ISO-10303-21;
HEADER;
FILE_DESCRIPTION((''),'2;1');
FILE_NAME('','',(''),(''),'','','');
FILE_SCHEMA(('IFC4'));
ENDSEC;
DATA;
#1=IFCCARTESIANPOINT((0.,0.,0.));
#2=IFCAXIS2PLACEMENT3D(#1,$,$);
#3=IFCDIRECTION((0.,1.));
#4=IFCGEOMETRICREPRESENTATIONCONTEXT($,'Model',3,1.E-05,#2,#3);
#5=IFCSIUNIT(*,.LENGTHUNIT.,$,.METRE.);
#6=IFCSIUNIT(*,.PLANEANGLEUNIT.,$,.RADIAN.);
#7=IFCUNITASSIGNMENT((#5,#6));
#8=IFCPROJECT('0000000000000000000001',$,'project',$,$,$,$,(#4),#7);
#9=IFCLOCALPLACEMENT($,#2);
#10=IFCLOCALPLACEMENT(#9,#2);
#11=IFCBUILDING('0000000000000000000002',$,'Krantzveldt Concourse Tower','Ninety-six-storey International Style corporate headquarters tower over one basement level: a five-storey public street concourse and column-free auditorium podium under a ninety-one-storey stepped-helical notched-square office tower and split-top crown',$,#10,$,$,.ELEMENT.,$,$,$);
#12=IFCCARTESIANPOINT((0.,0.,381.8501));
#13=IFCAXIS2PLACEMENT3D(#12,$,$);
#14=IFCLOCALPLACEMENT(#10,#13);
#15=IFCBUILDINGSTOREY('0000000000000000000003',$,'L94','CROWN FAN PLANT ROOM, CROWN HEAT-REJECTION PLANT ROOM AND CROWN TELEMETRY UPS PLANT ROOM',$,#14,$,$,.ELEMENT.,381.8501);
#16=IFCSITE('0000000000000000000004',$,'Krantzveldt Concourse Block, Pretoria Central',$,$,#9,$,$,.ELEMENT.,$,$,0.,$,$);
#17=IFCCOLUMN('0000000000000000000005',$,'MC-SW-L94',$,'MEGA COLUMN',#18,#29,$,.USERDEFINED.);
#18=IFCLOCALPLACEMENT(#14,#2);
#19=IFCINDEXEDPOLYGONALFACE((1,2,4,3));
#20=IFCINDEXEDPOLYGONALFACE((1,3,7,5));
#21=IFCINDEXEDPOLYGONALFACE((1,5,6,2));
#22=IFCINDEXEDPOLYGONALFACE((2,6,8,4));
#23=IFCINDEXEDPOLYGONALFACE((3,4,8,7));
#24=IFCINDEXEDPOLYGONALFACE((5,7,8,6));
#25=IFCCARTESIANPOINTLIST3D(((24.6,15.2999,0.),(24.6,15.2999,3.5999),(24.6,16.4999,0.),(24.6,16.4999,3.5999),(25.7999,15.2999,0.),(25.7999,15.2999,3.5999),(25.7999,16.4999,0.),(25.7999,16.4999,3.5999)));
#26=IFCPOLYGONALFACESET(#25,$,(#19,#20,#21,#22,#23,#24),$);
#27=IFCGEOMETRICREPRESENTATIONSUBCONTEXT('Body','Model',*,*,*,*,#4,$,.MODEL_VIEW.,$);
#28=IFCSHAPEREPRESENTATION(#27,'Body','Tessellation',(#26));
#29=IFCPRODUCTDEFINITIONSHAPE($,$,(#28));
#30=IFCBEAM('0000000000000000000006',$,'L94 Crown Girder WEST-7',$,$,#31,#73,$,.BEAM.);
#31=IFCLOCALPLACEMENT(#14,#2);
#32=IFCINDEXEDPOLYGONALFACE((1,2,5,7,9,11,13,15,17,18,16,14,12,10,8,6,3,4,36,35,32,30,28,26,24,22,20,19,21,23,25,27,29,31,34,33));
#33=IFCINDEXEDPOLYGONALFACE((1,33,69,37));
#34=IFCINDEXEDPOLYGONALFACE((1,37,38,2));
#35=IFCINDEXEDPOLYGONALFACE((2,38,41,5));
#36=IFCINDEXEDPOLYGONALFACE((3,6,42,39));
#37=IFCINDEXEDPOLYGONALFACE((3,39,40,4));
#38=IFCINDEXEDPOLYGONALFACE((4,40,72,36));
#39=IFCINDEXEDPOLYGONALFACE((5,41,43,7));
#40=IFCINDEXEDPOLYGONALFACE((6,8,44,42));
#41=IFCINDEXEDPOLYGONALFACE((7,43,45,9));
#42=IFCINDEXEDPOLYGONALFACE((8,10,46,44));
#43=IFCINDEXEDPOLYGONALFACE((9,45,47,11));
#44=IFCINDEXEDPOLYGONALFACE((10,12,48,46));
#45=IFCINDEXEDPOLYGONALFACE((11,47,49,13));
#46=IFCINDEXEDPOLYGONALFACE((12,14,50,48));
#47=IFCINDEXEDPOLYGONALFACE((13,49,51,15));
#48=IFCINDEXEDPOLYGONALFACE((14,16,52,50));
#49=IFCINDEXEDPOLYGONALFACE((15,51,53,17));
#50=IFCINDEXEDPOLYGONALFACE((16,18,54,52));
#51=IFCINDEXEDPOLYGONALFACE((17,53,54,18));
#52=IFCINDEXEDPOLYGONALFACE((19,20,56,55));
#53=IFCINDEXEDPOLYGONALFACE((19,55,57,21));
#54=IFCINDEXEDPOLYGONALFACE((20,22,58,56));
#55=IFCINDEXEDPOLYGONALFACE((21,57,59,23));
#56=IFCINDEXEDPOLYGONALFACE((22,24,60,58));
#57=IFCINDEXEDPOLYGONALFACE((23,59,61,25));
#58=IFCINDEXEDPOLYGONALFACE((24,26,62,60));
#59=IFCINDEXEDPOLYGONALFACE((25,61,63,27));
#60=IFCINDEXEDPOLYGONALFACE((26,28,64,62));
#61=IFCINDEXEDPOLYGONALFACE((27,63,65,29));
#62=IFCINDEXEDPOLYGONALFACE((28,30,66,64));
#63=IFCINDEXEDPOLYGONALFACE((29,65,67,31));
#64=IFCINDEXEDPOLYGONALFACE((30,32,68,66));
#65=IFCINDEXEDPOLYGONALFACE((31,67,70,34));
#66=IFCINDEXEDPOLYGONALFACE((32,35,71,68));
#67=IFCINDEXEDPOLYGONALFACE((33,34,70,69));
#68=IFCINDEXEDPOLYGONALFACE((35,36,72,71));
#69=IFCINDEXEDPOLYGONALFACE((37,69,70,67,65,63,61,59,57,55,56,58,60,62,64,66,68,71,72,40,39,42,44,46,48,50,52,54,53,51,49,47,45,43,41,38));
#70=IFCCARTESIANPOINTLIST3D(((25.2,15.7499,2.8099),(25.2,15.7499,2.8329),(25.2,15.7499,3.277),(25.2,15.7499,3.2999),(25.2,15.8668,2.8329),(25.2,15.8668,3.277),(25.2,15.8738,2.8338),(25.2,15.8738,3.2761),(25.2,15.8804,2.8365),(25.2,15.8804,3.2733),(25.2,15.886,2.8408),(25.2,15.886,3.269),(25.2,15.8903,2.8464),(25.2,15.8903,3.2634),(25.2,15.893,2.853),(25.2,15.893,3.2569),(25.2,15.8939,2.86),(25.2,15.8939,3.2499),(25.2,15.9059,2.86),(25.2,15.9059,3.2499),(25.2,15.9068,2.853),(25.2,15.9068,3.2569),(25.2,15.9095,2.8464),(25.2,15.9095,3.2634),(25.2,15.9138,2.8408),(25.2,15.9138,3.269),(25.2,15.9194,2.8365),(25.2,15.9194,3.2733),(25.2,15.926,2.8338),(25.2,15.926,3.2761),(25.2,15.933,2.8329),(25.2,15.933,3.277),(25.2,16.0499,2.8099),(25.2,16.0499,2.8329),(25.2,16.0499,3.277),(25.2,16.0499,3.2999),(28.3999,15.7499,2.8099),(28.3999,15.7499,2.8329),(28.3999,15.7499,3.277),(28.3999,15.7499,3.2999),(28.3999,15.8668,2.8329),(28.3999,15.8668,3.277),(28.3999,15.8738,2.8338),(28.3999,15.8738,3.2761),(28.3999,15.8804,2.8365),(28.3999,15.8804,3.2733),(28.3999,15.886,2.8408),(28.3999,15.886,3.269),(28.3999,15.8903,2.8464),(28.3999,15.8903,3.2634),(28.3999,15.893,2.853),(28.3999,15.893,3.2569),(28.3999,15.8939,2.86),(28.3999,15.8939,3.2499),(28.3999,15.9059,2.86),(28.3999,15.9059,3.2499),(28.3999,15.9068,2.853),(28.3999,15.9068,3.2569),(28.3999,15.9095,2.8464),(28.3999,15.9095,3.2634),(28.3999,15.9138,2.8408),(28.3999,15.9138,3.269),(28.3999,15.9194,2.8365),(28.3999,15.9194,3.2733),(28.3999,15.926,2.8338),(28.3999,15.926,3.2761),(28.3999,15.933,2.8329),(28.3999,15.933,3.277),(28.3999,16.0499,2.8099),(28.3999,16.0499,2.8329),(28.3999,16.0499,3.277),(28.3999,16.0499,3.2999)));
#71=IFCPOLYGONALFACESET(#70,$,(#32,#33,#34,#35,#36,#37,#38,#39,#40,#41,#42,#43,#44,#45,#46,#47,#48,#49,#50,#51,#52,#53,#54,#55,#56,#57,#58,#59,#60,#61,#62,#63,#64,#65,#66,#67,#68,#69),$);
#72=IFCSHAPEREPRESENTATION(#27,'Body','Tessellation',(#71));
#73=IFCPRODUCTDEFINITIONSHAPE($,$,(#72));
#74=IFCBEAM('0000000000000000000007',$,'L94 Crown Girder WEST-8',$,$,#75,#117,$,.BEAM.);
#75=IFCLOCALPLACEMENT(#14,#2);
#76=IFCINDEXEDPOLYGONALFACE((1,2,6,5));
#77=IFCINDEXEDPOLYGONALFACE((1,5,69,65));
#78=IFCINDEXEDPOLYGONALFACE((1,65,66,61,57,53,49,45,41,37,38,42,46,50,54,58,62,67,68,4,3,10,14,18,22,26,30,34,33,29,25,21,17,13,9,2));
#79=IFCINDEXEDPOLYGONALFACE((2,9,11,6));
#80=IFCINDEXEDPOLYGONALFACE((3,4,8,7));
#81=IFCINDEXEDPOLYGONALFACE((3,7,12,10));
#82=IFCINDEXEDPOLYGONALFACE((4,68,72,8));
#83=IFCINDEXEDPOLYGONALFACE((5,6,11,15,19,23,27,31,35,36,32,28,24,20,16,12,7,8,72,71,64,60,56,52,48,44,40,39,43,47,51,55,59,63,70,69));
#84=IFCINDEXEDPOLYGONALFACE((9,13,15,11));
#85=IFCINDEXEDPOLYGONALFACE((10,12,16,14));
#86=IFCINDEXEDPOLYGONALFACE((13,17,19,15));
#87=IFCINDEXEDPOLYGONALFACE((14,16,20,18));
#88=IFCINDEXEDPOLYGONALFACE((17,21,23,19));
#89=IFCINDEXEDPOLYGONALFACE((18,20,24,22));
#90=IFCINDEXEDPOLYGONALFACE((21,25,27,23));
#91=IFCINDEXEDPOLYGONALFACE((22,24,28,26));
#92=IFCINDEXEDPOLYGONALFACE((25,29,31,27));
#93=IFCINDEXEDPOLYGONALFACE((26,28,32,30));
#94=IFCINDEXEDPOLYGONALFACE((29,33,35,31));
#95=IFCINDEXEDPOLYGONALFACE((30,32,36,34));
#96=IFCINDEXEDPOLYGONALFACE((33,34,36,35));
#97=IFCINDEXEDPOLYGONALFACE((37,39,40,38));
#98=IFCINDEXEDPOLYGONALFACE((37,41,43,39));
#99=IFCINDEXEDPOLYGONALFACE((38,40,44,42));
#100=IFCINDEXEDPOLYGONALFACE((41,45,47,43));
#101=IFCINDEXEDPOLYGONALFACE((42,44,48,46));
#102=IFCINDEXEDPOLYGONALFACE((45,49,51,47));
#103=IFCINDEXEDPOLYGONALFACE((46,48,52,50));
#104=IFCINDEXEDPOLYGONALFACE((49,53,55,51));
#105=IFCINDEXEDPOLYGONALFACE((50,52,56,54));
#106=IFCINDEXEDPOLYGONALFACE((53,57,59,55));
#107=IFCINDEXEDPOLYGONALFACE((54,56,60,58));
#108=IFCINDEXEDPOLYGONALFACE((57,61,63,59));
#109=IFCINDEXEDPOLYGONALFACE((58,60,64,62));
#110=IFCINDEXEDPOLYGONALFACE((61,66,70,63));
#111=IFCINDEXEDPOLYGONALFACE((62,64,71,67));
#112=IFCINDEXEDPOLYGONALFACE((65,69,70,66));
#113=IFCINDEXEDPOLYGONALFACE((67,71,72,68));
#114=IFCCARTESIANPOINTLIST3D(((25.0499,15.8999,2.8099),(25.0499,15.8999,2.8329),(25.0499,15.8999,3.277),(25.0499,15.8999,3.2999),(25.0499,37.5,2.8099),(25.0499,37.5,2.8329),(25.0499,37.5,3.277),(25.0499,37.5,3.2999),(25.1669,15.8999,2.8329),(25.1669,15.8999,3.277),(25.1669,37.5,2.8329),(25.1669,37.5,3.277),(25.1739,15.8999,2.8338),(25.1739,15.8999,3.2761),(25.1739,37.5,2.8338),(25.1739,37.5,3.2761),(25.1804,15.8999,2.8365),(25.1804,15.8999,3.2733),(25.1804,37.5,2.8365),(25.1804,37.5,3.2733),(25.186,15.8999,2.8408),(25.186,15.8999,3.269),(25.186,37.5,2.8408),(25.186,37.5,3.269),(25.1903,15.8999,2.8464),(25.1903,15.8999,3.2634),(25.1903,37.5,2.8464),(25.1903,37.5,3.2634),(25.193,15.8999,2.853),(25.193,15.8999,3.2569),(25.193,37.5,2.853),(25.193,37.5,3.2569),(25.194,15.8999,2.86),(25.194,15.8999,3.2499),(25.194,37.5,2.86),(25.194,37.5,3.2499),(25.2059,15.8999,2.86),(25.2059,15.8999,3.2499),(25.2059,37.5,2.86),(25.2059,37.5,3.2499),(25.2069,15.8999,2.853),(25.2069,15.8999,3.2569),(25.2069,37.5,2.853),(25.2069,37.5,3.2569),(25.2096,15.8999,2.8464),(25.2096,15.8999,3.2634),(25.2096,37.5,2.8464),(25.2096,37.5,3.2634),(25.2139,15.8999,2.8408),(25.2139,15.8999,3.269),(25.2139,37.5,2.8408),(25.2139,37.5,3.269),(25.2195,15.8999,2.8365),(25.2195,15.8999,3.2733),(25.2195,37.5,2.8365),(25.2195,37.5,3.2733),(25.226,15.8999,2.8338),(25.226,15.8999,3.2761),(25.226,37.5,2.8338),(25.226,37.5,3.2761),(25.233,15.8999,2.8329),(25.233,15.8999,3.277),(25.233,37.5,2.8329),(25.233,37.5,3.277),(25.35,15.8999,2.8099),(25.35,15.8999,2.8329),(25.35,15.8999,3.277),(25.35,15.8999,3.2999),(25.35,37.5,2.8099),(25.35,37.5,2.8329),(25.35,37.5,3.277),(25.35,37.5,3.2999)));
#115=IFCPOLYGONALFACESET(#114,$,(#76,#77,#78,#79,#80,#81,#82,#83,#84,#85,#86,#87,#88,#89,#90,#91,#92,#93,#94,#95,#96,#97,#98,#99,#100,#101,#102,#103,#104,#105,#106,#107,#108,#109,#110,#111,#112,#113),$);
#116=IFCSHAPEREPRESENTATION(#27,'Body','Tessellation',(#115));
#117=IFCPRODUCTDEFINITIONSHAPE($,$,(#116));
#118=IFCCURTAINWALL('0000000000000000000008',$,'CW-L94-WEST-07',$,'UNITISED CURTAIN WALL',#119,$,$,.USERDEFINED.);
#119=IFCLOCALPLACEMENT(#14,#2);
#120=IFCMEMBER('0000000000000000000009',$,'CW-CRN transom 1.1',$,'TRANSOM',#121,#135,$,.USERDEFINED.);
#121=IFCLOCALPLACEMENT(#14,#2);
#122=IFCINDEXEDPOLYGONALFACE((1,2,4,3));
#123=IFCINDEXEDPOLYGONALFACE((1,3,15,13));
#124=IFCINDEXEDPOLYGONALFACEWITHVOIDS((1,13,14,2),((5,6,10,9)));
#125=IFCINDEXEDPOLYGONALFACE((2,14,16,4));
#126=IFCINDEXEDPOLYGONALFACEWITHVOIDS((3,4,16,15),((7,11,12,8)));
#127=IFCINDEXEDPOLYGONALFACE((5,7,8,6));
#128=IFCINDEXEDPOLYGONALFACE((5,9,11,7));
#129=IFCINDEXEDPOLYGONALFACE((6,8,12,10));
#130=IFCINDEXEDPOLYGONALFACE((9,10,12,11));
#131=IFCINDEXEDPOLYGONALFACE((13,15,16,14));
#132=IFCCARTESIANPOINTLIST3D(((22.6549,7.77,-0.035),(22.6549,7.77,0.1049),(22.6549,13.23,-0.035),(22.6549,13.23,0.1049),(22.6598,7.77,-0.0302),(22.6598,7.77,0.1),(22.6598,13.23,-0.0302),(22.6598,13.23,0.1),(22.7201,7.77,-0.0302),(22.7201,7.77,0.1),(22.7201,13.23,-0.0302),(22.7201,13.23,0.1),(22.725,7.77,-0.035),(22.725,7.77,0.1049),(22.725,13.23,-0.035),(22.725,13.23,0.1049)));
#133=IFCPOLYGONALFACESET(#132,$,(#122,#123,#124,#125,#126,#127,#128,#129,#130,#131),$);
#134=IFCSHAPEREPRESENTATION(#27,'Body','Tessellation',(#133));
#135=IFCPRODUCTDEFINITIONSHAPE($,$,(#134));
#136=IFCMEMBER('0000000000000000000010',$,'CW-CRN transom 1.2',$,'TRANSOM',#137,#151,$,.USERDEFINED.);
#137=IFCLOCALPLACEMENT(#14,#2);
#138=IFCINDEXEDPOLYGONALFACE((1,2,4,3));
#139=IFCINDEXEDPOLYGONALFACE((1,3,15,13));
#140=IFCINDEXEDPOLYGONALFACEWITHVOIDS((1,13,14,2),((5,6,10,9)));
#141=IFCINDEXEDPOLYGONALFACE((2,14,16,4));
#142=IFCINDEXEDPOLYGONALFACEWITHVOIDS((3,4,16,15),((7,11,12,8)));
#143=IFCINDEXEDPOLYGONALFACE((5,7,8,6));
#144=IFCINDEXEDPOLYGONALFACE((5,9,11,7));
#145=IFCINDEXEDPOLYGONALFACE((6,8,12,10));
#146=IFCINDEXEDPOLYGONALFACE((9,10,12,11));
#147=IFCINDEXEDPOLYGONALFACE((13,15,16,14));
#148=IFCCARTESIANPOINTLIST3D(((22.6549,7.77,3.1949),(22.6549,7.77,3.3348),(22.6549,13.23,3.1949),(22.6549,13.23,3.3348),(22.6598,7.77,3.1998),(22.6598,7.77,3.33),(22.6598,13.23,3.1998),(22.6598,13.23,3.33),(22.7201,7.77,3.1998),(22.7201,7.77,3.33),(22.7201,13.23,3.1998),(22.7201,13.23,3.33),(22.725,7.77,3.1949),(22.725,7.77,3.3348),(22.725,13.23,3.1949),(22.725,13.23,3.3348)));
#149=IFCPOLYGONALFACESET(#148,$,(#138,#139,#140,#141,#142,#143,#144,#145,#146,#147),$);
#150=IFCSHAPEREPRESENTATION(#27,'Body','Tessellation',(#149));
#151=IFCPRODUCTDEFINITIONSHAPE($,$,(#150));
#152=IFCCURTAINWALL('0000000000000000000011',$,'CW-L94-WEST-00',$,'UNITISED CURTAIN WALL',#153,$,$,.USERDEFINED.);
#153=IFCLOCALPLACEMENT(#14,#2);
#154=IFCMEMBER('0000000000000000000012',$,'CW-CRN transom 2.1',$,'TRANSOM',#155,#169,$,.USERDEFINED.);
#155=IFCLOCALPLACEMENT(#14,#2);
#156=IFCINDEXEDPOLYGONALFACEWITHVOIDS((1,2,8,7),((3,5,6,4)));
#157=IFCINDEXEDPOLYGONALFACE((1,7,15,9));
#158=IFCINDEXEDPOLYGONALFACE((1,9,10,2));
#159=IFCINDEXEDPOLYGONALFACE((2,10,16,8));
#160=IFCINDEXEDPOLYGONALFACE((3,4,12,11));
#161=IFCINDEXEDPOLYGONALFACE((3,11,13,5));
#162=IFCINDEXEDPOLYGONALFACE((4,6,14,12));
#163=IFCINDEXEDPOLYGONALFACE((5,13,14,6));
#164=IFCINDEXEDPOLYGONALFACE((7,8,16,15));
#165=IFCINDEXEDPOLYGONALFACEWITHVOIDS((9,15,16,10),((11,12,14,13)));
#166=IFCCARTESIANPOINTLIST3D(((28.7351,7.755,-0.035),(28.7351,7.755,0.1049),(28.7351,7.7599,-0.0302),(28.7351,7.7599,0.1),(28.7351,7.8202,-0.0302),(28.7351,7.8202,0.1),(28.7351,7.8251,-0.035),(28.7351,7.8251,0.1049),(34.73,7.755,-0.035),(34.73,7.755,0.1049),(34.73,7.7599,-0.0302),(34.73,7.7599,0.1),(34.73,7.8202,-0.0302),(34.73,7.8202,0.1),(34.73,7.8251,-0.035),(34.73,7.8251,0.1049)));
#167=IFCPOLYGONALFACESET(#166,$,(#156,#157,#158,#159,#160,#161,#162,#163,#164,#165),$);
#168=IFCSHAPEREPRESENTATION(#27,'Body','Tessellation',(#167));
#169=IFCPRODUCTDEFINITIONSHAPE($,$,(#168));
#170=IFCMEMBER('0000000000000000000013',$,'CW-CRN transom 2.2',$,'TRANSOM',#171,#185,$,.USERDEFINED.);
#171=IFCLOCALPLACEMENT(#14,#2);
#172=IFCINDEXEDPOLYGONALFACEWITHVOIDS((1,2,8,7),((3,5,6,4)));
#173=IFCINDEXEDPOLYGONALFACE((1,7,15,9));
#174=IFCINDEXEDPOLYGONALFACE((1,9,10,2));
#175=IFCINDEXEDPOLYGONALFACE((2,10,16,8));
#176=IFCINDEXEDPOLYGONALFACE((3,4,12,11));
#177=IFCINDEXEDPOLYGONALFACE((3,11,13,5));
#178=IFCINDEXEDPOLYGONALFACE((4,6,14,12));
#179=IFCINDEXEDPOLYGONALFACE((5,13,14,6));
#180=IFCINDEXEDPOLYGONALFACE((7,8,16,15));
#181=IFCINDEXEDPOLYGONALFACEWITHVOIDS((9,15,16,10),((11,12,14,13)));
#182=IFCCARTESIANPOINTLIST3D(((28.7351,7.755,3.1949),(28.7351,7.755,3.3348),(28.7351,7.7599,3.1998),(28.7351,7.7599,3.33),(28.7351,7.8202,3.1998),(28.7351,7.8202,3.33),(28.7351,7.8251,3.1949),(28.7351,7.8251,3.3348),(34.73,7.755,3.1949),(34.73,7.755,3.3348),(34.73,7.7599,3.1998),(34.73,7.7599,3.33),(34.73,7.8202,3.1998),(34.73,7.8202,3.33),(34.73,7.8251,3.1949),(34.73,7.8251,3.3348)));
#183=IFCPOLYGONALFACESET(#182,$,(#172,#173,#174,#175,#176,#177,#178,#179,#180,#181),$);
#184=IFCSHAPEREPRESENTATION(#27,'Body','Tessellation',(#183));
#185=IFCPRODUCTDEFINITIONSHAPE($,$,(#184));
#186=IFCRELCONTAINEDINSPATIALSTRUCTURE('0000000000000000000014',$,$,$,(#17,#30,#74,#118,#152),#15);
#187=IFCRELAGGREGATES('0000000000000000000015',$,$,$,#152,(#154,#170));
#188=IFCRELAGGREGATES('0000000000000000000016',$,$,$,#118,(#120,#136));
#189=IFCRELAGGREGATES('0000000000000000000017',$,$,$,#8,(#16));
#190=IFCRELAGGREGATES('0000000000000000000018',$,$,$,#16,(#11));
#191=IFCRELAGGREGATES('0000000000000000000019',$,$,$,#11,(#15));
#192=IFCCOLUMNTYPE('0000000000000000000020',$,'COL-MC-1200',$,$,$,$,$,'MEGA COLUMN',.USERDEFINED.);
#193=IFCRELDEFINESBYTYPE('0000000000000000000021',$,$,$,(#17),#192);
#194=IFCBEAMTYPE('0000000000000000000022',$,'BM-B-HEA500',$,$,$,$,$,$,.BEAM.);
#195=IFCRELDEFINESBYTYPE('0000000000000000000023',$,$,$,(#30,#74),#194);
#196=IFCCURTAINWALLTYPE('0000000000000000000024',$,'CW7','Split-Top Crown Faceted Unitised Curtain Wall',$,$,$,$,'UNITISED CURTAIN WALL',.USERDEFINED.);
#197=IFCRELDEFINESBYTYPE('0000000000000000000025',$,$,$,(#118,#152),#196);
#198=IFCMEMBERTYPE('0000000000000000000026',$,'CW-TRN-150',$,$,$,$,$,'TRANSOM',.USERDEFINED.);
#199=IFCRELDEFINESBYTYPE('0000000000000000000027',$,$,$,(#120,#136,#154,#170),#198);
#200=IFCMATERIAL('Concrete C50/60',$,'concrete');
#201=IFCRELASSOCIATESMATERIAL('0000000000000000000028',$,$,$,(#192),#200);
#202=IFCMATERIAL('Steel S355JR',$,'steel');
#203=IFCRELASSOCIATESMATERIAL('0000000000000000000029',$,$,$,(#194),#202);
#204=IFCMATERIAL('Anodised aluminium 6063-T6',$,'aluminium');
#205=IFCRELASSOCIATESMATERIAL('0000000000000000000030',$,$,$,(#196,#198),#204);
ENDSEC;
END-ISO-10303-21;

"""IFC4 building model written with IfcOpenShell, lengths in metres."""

from ifc_helpers import new_model, si_unit, direction, frame, origin, origin_2d, place, context, subcontext, project, spatial, rectangle, hollow_rectangle, i_section, extrude, source, transform, mapped, material, material_profile, profile_set, type_object, type_shapes, element, aggregate, save


model = new_model("IFC4")

# Units and contexts
model_context = context("Model", 3, precision=1e-05, world=origin(), true_north=direction((0.0, 1.0)))
body_context = subcontext(model_context, "Body", "Model", "MODEL_VIEW")
ifc_project = project(units=[si_unit("LENGTHUNIT", "METRE"), si_unit("PLANEANGLEUNIT", "RADIAN")], contexts=[model_context])

# Site, building, storey
site_placement = place(None, origin())
site = spatial("IfcSite", under=ifc_project, at=site_placement, Name="Krantzveldt Concourse Block, Pretoria Central", CompositionType="ELEMENT", RefElevation=0.0)
building_placement = place(site_placement, origin())
building = spatial("IfcBuilding", under=site, at=building_placement, Name="Krantzveldt Concourse Tower", Description="Ninety-six-storey International Style corporate headquarters tower over one basement level: a five-storey public street concourse and column-free auditorium podium under a ninety-one-storey stepped-helical notched-square office tower and split-top crown", CompositionType="ELEMENT")
storey_placement = place(building_placement, frame((0.0, 0.0, 381.8501)))
storey = spatial("IfcBuildingStorey", under=building, at=storey_placement, Name="L94", Description="CROWN FAN PLANT ROOM, CROWN HEAT-REJECTION PLANT ROOM AND CROWN TELEMETRY UPS PLANT ROOM", CompositionType="ELEMENT", Elevation=381.8501)

# Column
ifc_material_1 = material(Name="Concrete C50/60", Category="concrete")
ifc_material_profile_1 = material_profile(ifc_material_1, rectangle(XDim=1.2, YDim=1.2, at=origin_2d()), Name="Concrete C50/60", Category="concrete")
ifc_profile_set_1 = profile_set([ifc_material_profile_1], Name="Concrete C50/60 - RC 1200x1200")
column_type = type_object("IfcColumnType", Name="COL-MC-1200", ElementType="MEGA COLUMN", PredefinedType="USERDEFINED", material=ifc_profile_set_1)
shared_shape_1 = source(origin(), body_context, "Body", "SweptSolid", [
    extrude(rectangle(XDim=1.2, YDim=1.2, at=origin_2d()), origin(), (0.0, 0.0, 1.0), 3.5999),
])
type_shapes(column_type, [shared_shape_1])
column_placement = place(storey_placement, frame((25.2, 15.8999, 0.0), z_axis=(0.0, 0.0, 1.0), x_axis=(1.0, 0.0, 0.0)))
element("IfcColumn", 1, at=column_placement, inside=storey, type_object=column_type, Name="MC-SW-L94", ObjectType="MEGA COLUMN", PredefinedType="USERDEFINED", context=body_context, shape_type="MappedRepresentation", body=[
    mapped(shared_shape_1, transform((0.0, 0.0, 0.0), x_axis=(1.0, 0.0, 0.0), y_axis=(0.0, 1.0, 0.0), z_axis=(0.0, 0.0, 1.0), scale=1.0)),
])

# Beams
ifc_material_2 = material(Name="Steel S355JR", Category="steel")
ifc_material_profile_2 = material_profile(ifc_material_2, i_section(OverallWidth=0.3, OverallDepth=0.49, WebThickness=0.012, FlangeThickness=0.0229, FilletRadius=0.0271, at=origin_2d()), Name="Steel S355JR", Category="steel")
ifc_profile_set_2 = profile_set([ifc_material_profile_2], Name="Steel S355JR - HEA 500")
beam_type = type_object("IfcBeamType", Name="BM-B-HEA500", PredefinedType="BEAM", material=ifc_profile_set_2)
shared_shape_2 = source(origin(), body_context, "Body", "SweptSolid", [
    extrude(i_section(OverallWidth=0.3, OverallDepth=0.49, WebThickness=0.012, FlangeThickness=0.0229, FilletRadius=0.0271, at=origin_2d()), origin(), (0.0, 0.0, 1.0), 3.2),
])
beam_1_placement = place(storey_placement, frame((25.2, 15.8999, 3.0549), z_axis=(1.0, 0.0, 0.0), x_axis=(0.0, 1.0, 0.0)))
element("IfcBeam", 2, at=beam_1_placement, inside=storey, type_object=beam_type, Name="L94 Crown Girder WEST-7", PredefinedType="BEAM", context=body_context, shape_type="MappedRepresentation", body=[
    mapped(shared_shape_2, transform((0.0, 0.0, 0.0), x_axis=(1.0, 0.0, 0.0), y_axis=(0.0, 1.0, 0.0), z_axis=(0.0, 0.0, 1.0), scale=1.0)),
])
shared_shape_3 = source(origin(), body_context, "Body", "SweptSolid", [
    extrude(i_section(OverallWidth=0.3, OverallDepth=0.49, WebThickness=0.012, FlangeThickness=0.0229, FilletRadius=0.0271, at=origin_2d()), origin(), (0.0, 0.0, 1.0), 21.6001),
])
type_shapes(beam_type, [shared_shape_2, shared_shape_3])
beam_2_placement = place(storey_placement, frame((25.2, 15.8999, 3.0549), z_axis=(0.0, 1.0, 0.0), x_axis=(-1.0, 0.0, 0.0)))
element("IfcBeam", 3, at=beam_2_placement, inside=storey, type_object=beam_type, Name="L94 Crown Girder WEST-8", PredefinedType="BEAM", context=body_context, shape_type="MappedRepresentation", body=[
    mapped(shared_shape_3, transform((0.0, 0.0, 0.0), x_axis=(1.0, 0.0, 0.0), y_axis=(0.0, 1.0, 0.0), z_axis=(0.0, 0.0, 1.0), scale=1.0)),
])

# Curtain walls, members
ifc_material_3 = material(Name="Anodised aluminium 6063-T6", Category="aluminium")
curtain_wall_type = type_object("IfcCurtainWallType", Name="CW7", Description="Split-Top Crown Faceted Unitised Curtain Wall", ElementType="UNITISED CURTAIN WALL", PredefinedType="USERDEFINED", material=ifc_material_3)
curtain_wall_1_placement = place(storey_placement, origin())
curtain_wall_1 = element("IfcCurtainWall", 4, at=curtain_wall_1_placement, inside=storey, type_object=curtain_wall_type, Name="CW-L94-WEST-07", ObjectType="UNITISED CURTAIN WALL", PredefinedType="USERDEFINED")
ifc_material_profile_3 = material_profile(ifc_material_3, hollow_rectangle(XDim=0.0701, YDim=0.1399, WallThickness=0.0049, at=origin_2d()), Name="Anodised aluminium 6063-T6", Category="aluminium")
ifc_profile_set_3 = profile_set([ifc_material_profile_3], Name="Anodised aluminium 6063-T6 - ALU-TRAN 140x70x5")
member_type_1 = type_object("IfcMemberType", Name="CW-TRN-150", ElementType="TRANSOM", PredefinedType="USERDEFINED", material=ifc_profile_set_3)
shared_shape_4 = source(origin(), body_context, "Body", "SweptSolid", [
    extrude(hollow_rectangle(XDim=0.0701, YDim=0.1399, WallThickness=0.0049, at=origin_2d()), origin(), (0.0, 0.0, 1.0), 5.46),
])
member_1_placement = place(storey_placement, frame((22.6899, 13.23, 0.0349), z_axis=(0.0, -1.0, 0.0), x_axis=(1.0, 0.0, 0.0)))
member_1 = element("IfcMember", 5, at=member_1_placement, type_object=member_type_1, Name="CW-CRN transom 1.1", ObjectType="TRANSOM", PredefinedType="USERDEFINED", context=body_context, shape_type="MappedRepresentation", body=[
    mapped(shared_shape_4, transform((0.0, 0.0, 0.0), x_axis=(1.0, 0.0, 0.0), y_axis=(0.0, 1.0, 0.0), z_axis=(0.0, 0.0, 1.0), scale=1.0)),
])
member_2_placement = place(storey_placement, frame((22.6899, 13.23, 3.2649), z_axis=(0.0, -1.0, 0.0), x_axis=(1.0, 0.0, 0.0)))
member_2 = element("IfcMember", 6, at=member_2_placement, type_object=member_type_1, Name="CW-CRN transom 1.2", ObjectType="TRANSOM", PredefinedType="USERDEFINED", context=body_context, shape_type="MappedRepresentation", body=[
    mapped(shared_shape_4, transform((0.0, 0.0, 0.0), x_axis=(1.0, 0.0, 0.0), y_axis=(0.0, 1.0, 0.0), z_axis=(0.0, 0.0, 1.0), scale=1.0)),
])
curtain_wall_2_placement = place(storey_placement, origin())
curtain_wall_2 = element("IfcCurtainWall", 7, at=curtain_wall_2_placement, inside=storey, type_object=curtain_wall_type, Name="CW-L94-WEST-00", ObjectType="UNITISED CURTAIN WALL", PredefinedType="USERDEFINED")
shared_shape_5 = source(origin(), body_context, "Body", "SweptSolid", [
    extrude(hollow_rectangle(XDim=0.0701, YDim=0.1399, WallThickness=0.0049, at=origin_2d()), origin(), (0.0, 0.0, 1.0), 5.9949),
])
type_shapes(member_type_1, [shared_shape_4, shared_shape_5])
member_3_placement = place(storey_placement, frame((28.7351, 7.79, 0.0349), z_axis=(1.0, 0.0, 0.0), x_axis=(0.0, 1.0, 0.0)))
member_3 = element("IfcMember", 8, at=member_3_placement, type_object=member_type_1, Name="CW-CRN transom 2.1", ObjectType="TRANSOM", PredefinedType="USERDEFINED", context=body_context, shape_type="MappedRepresentation", body=[
    mapped(shared_shape_5, transform((0.0, 0.0, 0.0), x_axis=(1.0, 0.0, 0.0), y_axis=(0.0, 1.0, 0.0), z_axis=(0.0, 0.0, 1.0), scale=1.0)),
])
member_4_placement = place(storey_placement, frame((28.7351, 7.79, 3.2649), z_axis=(1.0, 0.0, 0.0), x_axis=(0.0, 1.0, 0.0)))
member_4 = element("IfcMember", 9, at=member_4_placement, type_object=member_type_1, Name="CW-CRN transom 2.2", ObjectType="TRANSOM", PredefinedType="USERDEFINED", context=body_context, shape_type="MappedRepresentation", body=[
    mapped(shared_shape_5, transform((0.0, 0.0, 0.0), x_axis=(1.0, 0.0, 0.0), y_axis=(0.0, 1.0, 0.0), z_axis=(0.0, 0.0, 1.0), scale=1.0)),
])

aggregate(curtain_wall_2, [member_3, member_4])
aggregate(curtain_wall_1, [member_1, member_2])

save(model, "model.ifc")
